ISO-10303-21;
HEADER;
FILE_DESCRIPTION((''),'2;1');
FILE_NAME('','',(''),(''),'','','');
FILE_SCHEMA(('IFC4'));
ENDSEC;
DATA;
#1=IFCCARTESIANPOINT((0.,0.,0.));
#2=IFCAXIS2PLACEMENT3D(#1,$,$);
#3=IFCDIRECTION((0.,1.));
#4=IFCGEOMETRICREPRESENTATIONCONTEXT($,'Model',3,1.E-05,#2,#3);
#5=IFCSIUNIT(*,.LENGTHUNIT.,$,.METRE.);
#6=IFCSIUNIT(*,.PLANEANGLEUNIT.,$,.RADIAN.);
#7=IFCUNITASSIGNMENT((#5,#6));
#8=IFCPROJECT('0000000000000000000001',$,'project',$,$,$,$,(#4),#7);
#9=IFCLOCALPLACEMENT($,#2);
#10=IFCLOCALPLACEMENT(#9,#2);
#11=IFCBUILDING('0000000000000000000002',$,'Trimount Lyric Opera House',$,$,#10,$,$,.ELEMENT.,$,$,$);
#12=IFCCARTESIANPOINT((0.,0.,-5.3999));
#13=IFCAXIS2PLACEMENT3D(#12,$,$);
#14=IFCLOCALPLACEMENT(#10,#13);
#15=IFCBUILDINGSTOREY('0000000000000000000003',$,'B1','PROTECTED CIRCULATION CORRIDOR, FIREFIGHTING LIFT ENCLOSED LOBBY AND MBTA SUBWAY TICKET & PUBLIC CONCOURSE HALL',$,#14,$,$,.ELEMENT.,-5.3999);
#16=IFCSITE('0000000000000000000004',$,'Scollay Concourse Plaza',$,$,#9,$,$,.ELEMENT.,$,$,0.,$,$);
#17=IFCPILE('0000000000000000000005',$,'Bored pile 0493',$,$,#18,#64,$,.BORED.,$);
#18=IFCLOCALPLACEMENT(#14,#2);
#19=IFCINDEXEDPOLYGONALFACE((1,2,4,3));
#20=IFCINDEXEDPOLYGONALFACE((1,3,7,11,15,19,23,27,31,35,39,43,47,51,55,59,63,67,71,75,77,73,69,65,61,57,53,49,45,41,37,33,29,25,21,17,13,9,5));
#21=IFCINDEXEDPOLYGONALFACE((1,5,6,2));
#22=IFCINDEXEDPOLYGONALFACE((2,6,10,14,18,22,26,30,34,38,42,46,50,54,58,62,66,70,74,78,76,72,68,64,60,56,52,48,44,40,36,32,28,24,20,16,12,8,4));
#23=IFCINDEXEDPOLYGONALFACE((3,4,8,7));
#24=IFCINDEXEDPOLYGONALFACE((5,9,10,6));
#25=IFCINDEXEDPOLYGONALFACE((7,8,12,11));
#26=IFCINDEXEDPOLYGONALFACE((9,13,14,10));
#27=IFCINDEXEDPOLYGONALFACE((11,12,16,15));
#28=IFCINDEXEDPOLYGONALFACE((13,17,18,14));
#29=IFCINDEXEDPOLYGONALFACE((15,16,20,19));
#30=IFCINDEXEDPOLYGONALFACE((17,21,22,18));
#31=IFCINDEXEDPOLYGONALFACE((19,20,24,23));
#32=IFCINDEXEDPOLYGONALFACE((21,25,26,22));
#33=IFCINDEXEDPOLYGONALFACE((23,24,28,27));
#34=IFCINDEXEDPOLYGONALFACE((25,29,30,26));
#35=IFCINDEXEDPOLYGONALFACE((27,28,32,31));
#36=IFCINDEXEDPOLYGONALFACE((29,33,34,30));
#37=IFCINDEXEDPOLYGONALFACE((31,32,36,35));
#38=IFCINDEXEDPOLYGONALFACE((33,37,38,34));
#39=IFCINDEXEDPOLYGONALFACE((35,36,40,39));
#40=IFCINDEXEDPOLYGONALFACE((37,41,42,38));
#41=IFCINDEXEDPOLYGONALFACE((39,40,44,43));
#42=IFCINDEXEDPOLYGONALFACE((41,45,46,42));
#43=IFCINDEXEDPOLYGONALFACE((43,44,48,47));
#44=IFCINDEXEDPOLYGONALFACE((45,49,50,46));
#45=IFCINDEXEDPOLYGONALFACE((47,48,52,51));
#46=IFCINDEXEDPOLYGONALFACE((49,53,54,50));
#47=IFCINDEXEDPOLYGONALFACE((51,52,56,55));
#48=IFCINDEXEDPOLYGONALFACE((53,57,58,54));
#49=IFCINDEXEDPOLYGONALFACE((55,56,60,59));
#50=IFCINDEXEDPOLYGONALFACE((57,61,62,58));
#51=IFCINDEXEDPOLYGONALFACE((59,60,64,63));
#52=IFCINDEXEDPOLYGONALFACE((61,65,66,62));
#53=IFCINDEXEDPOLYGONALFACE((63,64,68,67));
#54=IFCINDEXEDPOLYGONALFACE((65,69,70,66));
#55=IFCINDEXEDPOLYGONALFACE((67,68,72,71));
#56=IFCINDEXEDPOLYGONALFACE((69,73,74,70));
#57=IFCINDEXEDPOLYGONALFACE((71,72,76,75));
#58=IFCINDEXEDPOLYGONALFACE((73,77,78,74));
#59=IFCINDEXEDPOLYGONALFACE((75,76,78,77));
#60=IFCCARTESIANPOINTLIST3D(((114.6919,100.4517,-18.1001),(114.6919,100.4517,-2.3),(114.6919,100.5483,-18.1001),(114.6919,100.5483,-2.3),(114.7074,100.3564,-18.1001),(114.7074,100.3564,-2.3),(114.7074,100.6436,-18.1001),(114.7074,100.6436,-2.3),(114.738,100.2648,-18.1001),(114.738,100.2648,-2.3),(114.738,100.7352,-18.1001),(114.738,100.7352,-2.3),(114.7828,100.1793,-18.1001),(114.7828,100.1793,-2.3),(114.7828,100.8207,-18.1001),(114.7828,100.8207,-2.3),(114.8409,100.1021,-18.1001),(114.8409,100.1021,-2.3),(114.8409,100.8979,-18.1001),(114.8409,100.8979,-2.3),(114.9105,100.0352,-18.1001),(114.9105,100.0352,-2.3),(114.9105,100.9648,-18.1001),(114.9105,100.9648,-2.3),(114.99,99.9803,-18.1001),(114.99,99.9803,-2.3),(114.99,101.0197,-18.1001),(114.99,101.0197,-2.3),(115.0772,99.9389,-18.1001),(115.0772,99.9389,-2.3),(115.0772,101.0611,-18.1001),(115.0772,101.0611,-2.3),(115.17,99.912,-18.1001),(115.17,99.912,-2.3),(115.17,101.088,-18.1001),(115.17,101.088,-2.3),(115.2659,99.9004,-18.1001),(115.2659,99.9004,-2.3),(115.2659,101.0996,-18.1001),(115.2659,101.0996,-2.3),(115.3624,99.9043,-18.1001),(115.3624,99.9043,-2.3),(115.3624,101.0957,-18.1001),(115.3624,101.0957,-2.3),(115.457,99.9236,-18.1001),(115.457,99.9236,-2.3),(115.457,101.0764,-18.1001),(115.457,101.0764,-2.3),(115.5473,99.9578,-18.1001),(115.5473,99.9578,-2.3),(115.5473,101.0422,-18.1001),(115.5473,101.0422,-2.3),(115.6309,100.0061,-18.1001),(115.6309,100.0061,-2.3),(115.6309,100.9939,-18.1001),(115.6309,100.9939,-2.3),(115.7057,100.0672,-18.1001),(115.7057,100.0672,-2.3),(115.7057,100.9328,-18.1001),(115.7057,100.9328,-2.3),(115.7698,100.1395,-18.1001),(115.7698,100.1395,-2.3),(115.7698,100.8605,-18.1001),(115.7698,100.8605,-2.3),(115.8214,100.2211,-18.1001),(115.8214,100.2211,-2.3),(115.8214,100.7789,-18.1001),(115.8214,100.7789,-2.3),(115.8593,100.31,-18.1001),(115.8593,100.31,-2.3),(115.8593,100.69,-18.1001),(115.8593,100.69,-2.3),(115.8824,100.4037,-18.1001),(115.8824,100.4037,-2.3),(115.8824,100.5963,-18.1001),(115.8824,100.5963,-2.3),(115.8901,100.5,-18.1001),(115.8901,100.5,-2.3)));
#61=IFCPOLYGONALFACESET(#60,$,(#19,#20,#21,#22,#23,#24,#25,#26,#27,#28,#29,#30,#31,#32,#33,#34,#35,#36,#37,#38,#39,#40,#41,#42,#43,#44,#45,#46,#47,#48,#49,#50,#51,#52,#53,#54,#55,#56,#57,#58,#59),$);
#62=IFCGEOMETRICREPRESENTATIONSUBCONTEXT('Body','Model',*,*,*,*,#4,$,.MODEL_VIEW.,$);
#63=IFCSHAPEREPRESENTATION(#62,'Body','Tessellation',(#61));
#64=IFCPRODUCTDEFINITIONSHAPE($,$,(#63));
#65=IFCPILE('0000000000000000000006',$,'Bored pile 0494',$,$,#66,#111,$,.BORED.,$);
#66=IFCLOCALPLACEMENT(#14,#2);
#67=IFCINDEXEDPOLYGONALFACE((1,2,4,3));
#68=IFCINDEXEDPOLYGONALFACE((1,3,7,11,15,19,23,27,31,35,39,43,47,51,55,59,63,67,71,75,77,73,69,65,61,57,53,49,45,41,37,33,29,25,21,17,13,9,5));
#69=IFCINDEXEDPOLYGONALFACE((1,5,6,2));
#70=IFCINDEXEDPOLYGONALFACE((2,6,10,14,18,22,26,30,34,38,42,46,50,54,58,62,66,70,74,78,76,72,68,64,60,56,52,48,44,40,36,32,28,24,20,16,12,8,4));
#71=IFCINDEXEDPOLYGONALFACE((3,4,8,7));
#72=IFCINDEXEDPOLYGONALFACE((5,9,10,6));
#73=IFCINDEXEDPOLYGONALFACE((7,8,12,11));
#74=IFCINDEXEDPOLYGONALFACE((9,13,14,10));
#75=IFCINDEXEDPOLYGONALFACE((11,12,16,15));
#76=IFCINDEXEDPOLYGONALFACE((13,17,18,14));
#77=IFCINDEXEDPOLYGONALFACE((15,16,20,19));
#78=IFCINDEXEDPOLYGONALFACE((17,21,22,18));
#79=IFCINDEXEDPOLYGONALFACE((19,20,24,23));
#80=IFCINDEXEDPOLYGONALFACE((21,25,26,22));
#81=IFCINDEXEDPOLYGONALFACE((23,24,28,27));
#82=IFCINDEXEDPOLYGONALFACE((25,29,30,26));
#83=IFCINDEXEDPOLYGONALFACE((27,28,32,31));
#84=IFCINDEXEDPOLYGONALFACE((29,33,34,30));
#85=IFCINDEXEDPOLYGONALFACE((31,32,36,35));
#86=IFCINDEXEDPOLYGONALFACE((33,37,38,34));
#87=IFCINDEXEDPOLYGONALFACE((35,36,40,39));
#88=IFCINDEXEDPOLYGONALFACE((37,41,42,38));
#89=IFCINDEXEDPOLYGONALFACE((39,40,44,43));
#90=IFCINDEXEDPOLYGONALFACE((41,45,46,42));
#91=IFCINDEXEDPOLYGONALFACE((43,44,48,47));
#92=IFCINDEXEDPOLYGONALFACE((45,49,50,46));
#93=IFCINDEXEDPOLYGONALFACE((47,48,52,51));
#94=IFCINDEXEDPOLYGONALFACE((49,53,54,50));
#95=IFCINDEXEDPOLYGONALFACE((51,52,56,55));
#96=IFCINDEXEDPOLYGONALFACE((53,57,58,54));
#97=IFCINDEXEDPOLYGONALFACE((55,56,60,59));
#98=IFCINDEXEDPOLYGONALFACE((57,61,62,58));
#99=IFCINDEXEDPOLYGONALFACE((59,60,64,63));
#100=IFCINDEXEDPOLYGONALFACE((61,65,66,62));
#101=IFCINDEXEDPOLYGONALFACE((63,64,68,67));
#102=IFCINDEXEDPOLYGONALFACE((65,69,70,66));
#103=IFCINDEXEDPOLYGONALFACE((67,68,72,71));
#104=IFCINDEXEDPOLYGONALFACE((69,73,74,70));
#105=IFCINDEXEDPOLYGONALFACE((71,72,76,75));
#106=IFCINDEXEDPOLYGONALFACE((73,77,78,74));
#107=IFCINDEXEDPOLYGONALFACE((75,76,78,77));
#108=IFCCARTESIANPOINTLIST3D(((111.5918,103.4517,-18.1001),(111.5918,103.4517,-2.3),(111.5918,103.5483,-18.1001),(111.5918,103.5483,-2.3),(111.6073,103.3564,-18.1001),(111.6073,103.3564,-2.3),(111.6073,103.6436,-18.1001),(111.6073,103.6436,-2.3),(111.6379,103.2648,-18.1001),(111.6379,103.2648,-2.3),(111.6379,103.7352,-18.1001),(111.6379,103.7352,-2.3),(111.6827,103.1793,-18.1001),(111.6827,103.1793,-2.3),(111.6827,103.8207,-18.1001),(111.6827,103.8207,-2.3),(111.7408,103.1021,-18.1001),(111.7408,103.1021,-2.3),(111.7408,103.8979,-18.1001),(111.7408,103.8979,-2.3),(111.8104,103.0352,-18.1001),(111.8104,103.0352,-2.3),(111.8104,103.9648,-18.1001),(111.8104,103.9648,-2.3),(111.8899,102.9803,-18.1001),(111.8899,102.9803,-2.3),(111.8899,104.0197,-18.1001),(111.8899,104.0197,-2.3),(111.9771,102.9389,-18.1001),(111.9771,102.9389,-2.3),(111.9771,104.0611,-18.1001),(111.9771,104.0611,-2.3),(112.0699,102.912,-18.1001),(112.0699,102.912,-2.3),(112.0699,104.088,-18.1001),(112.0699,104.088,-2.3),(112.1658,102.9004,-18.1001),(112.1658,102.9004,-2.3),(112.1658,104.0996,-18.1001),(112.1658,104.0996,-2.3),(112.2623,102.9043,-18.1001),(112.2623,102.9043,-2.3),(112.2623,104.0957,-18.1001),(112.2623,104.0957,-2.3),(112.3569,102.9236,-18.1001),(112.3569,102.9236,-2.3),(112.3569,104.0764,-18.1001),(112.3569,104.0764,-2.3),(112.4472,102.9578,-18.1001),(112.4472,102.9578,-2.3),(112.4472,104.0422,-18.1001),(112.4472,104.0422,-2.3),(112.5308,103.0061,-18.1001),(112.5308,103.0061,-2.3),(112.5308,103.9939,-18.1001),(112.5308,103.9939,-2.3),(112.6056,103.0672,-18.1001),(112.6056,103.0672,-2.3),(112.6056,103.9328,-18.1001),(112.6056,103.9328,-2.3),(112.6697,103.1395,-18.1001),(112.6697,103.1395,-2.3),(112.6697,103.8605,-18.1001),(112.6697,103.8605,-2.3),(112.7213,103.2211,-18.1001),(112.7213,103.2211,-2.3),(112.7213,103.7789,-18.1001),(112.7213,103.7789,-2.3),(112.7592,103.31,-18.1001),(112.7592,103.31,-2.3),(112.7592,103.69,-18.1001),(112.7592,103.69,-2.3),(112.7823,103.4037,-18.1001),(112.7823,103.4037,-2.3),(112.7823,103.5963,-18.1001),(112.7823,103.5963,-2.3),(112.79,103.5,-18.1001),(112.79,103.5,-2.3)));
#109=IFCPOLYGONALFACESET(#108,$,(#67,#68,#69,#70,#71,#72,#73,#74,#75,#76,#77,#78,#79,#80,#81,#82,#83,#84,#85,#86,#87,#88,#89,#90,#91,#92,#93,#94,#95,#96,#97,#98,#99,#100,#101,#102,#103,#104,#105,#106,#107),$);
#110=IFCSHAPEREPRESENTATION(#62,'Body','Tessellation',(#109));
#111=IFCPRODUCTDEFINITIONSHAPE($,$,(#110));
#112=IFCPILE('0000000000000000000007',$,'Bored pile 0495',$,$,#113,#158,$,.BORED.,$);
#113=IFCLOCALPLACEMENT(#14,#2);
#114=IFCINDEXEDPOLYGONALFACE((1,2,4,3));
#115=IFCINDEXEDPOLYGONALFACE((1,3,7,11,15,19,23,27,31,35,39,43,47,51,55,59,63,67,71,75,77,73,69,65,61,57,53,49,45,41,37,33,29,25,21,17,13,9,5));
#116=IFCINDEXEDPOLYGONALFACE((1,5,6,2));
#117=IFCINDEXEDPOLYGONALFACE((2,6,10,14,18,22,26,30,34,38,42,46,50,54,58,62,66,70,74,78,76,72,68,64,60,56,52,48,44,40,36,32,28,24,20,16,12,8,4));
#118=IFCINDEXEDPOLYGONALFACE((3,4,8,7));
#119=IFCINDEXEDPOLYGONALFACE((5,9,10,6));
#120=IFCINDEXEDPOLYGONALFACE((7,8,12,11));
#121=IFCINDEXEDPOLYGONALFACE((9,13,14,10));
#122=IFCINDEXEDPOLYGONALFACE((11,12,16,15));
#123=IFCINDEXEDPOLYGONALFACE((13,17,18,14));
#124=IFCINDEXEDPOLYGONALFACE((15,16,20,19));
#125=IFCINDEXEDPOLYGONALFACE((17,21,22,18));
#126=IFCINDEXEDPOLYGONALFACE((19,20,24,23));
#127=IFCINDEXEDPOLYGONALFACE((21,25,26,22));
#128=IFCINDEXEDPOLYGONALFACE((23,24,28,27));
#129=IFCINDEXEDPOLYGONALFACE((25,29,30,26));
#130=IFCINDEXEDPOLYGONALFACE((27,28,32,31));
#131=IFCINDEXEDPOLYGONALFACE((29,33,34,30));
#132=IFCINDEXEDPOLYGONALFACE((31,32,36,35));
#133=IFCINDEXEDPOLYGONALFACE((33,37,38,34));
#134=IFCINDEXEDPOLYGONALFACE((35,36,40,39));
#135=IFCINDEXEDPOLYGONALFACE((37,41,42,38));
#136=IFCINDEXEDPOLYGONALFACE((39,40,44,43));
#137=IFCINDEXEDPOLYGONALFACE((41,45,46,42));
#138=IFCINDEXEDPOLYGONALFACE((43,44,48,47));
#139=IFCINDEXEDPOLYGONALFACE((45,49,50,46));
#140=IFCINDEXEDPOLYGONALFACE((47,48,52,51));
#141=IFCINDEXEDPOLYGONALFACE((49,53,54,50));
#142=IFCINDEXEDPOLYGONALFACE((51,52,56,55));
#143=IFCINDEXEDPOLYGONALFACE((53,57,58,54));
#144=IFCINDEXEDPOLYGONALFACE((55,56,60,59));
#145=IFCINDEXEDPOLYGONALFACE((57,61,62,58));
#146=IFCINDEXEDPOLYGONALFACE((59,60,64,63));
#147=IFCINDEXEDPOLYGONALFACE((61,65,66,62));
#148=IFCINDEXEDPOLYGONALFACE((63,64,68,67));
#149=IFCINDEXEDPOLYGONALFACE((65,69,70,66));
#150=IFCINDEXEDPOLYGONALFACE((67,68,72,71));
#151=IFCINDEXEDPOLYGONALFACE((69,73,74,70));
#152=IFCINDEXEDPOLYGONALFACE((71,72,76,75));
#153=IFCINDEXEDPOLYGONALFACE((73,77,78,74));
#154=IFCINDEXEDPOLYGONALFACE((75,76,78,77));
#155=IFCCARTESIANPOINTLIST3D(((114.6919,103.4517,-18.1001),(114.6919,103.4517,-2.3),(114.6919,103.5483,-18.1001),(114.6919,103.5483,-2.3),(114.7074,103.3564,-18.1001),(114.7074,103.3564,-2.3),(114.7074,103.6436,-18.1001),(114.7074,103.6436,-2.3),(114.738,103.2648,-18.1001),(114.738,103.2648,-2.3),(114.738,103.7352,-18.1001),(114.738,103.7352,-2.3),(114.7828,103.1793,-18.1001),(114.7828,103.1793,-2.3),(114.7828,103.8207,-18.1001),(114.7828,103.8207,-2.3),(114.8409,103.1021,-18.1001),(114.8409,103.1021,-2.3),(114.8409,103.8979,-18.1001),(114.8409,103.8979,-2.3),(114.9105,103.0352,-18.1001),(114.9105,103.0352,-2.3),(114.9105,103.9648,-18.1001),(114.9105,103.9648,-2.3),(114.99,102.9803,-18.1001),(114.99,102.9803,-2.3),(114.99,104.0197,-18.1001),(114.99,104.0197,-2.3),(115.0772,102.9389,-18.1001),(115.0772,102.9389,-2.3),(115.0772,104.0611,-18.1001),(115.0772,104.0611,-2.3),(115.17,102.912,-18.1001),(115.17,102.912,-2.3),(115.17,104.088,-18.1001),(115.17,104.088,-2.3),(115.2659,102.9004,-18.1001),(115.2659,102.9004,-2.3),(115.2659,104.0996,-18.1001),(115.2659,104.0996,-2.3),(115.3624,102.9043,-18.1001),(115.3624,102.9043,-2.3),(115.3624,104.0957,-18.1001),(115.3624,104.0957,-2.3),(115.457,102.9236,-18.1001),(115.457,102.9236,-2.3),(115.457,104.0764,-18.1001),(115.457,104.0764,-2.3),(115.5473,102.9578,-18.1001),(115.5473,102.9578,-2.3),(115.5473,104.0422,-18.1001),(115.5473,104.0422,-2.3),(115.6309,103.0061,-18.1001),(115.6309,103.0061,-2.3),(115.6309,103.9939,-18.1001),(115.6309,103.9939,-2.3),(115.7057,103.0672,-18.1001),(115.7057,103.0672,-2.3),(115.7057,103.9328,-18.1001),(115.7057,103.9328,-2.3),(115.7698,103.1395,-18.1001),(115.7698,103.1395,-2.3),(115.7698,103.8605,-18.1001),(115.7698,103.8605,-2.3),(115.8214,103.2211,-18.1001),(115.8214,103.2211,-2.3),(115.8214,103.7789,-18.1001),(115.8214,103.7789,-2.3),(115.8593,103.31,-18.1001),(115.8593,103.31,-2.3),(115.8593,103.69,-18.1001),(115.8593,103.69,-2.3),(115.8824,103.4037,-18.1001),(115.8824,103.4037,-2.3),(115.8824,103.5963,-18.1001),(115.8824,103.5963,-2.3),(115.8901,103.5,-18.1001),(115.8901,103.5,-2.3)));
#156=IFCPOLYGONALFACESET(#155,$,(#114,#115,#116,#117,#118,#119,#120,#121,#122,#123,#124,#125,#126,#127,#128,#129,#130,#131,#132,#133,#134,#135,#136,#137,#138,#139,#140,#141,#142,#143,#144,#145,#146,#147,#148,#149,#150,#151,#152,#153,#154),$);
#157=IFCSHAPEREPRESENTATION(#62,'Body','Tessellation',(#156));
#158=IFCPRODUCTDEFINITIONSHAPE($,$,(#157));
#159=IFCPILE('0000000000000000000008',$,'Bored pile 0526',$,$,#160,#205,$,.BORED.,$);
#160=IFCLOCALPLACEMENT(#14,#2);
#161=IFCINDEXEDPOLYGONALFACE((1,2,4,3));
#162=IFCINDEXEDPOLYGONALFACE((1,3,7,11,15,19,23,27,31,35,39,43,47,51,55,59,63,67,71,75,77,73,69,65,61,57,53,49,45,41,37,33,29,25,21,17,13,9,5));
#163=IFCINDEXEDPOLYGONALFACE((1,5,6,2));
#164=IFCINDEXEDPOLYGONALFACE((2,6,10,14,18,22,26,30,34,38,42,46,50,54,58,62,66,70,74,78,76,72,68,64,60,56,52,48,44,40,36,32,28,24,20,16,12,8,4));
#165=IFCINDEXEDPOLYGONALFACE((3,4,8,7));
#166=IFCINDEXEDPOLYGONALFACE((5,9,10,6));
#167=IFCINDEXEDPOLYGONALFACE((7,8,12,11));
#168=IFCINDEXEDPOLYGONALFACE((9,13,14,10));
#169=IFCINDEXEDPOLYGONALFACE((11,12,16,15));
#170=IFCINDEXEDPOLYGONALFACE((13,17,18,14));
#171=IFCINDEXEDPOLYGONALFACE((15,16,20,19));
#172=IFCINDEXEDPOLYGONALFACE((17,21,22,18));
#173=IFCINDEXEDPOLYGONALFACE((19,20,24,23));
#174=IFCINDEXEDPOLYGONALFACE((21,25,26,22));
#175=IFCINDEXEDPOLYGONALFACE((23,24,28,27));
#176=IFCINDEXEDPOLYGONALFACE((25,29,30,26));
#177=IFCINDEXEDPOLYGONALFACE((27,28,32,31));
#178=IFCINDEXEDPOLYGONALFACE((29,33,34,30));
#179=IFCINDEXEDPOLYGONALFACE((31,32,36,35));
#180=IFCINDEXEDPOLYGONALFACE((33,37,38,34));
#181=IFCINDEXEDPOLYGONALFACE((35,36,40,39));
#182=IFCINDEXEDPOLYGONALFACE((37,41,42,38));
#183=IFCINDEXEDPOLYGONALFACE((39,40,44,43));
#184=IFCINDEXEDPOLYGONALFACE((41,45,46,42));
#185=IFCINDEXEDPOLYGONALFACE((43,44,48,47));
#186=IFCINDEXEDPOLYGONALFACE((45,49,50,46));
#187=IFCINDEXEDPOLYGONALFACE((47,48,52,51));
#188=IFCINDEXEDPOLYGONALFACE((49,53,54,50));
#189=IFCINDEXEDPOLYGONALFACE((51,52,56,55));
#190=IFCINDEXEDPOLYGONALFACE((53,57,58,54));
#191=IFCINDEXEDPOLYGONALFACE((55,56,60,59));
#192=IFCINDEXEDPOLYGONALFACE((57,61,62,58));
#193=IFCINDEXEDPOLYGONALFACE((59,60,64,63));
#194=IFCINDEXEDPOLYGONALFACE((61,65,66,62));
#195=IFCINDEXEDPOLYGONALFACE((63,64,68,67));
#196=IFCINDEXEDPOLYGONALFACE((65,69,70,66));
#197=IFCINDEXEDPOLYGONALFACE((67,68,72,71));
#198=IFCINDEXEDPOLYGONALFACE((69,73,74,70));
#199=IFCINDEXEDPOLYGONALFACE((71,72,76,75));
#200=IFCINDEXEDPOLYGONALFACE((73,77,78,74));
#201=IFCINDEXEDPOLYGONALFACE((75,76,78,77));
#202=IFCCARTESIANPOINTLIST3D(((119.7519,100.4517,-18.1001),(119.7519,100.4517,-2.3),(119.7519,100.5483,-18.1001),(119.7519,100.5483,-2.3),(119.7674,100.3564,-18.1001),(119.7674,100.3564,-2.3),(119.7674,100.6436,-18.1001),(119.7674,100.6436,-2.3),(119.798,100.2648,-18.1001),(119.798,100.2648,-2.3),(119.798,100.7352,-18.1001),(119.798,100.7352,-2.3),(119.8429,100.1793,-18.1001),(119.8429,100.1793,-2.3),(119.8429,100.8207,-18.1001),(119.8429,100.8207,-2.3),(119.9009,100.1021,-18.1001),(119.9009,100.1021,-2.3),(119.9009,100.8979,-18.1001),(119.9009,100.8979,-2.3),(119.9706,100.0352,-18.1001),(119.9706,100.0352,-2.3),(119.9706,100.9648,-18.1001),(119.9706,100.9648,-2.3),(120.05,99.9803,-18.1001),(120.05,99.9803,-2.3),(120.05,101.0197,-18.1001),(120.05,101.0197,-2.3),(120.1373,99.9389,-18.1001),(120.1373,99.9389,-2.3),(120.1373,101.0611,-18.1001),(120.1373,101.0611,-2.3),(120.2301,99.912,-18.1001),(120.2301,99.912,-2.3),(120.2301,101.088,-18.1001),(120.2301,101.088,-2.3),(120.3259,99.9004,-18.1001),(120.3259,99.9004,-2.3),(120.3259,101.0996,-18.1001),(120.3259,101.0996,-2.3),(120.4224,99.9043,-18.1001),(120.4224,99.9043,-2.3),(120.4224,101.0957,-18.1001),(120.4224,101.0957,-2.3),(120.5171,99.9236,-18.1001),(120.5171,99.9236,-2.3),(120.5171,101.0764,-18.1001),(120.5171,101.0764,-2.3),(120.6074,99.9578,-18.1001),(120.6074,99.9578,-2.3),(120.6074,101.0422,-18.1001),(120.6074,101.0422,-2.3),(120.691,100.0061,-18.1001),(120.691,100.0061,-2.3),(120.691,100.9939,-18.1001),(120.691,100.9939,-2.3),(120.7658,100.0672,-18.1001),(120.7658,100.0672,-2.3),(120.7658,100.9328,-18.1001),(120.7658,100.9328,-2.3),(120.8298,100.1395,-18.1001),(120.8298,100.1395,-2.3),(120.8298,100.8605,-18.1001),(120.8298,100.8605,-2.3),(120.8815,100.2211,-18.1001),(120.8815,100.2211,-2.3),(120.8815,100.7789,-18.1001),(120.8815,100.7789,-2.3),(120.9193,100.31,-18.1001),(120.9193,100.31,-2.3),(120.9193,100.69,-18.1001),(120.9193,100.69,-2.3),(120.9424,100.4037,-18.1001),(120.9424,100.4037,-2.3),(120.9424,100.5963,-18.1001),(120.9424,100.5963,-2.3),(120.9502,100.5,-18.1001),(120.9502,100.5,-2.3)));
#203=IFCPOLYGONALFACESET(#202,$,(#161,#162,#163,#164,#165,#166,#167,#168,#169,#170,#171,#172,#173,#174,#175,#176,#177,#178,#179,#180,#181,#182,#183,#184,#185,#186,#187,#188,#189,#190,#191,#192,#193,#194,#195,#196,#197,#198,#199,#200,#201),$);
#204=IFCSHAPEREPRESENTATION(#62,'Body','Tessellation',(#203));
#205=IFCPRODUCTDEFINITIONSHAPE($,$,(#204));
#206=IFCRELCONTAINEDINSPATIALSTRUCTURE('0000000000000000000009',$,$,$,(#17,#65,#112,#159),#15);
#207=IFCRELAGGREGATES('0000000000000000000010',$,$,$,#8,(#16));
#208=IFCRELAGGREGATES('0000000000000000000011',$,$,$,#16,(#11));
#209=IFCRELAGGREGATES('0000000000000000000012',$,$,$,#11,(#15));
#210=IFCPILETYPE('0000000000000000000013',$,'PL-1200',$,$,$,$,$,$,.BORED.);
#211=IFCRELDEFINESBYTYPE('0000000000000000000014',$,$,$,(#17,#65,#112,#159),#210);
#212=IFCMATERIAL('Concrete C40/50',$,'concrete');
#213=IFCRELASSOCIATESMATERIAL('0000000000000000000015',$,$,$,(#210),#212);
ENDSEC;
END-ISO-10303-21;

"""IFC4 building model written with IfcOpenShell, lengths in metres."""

from ifc_helpers import new_model, si_unit, direction, frame, origin, origin_2d, place, context, subcontext, project, spatial, circle, extrude, material, material_profile, profile_set, type_object, element, save


model = new_model("IFC4")

# Units and contexts
model_context = context("Model", 3, precision=1e-05, world=origin(), true_north=direction((0.0, 1.0)))
body_context = subcontext(model_context, "Body", "Model", "MODEL_VIEW")
ifc_project = project(units=[si_unit("LENGTHUNIT", "METRE"), si_unit("PLANEANGLEUNIT", "RADIAN")], contexts=[model_context])

# Site, building, storey
site_placement = place(None, origin())
site = spatial("IfcSite", under=ifc_project, at=site_placement, Name="Scollay Concourse Plaza", CompositionType="ELEMENT", RefElevation=0.0)
building_placement = place(site_placement, origin())
building = spatial("IfcBuilding", under=site, at=building_placement, Name="Trimount Lyric Opera House", CompositionType="ELEMENT")
storey_placement = place(building_placement, frame((0.0, 0.0, -5.3999)))
storey = spatial("IfcBuildingStorey", under=building, at=storey_placement, Name="B1", Description="PROTECTED CIRCULATION CORRIDOR, FIREFIGHTING LIFT ENCLOSED LOBBY AND MBTA SUBWAY TICKET & PUBLIC CONCOURSE HALL", CompositionType="ELEMENT", Elevation=-5.3999)

# Piles
ifc_material_1 = material(Name="Concrete C40/50", Category="concrete")
ifc_material_profile_1 = material_profile(ifc_material_1, circle(Radius=0.6001, at=origin_2d()), Name="PILE-D1200")
ifc_profile_set_1 = profile_set([ifc_material_profile_1], Name="Concrete C40/50")
pile_type_1 = type_object("IfcPileType", Name="PL-1200", PredefinedType="BORED", material=ifc_profile_set_1)
for number, where, z_axis, x_axis, name in (
    (1, (115.29, 100.5, -2.3), (0.0, 0.0, -1.0), (1.0, 0.0, 0.0), "Bored pile 0493"),
    (2, (112.1899, 103.5, -2.3), (0.0, 0.0, -1.0), (1.0, 0.0, 0.0), "Bored pile 0494"),
    (3, (115.29, 103.5, -2.3), (0.0, 0.0, -1.0), (1.0, 0.0, 0.0), "Bored pile 0495"),
    (4, (120.3501, 100.5, -2.3), (0.0, 0.0, -1.0), (1.0, 0.0, 0.0), "Bored pile 0526"),
):
    element("IfcPile", number, at=place(storey_placement, frame(where, z_axis=z_axis, x_axis=x_axis)), inside=storey, type_object=pile_type_1, Name=name, PredefinedType="BORED", context=body_context, shape_type="SweptSolid", body=[
        extrude(circle(Radius=0.6001, at=origin_2d()), origin(), (0.0, 0.0, 1.0), 15.8),
    ])

save(model, "model.ifc")
